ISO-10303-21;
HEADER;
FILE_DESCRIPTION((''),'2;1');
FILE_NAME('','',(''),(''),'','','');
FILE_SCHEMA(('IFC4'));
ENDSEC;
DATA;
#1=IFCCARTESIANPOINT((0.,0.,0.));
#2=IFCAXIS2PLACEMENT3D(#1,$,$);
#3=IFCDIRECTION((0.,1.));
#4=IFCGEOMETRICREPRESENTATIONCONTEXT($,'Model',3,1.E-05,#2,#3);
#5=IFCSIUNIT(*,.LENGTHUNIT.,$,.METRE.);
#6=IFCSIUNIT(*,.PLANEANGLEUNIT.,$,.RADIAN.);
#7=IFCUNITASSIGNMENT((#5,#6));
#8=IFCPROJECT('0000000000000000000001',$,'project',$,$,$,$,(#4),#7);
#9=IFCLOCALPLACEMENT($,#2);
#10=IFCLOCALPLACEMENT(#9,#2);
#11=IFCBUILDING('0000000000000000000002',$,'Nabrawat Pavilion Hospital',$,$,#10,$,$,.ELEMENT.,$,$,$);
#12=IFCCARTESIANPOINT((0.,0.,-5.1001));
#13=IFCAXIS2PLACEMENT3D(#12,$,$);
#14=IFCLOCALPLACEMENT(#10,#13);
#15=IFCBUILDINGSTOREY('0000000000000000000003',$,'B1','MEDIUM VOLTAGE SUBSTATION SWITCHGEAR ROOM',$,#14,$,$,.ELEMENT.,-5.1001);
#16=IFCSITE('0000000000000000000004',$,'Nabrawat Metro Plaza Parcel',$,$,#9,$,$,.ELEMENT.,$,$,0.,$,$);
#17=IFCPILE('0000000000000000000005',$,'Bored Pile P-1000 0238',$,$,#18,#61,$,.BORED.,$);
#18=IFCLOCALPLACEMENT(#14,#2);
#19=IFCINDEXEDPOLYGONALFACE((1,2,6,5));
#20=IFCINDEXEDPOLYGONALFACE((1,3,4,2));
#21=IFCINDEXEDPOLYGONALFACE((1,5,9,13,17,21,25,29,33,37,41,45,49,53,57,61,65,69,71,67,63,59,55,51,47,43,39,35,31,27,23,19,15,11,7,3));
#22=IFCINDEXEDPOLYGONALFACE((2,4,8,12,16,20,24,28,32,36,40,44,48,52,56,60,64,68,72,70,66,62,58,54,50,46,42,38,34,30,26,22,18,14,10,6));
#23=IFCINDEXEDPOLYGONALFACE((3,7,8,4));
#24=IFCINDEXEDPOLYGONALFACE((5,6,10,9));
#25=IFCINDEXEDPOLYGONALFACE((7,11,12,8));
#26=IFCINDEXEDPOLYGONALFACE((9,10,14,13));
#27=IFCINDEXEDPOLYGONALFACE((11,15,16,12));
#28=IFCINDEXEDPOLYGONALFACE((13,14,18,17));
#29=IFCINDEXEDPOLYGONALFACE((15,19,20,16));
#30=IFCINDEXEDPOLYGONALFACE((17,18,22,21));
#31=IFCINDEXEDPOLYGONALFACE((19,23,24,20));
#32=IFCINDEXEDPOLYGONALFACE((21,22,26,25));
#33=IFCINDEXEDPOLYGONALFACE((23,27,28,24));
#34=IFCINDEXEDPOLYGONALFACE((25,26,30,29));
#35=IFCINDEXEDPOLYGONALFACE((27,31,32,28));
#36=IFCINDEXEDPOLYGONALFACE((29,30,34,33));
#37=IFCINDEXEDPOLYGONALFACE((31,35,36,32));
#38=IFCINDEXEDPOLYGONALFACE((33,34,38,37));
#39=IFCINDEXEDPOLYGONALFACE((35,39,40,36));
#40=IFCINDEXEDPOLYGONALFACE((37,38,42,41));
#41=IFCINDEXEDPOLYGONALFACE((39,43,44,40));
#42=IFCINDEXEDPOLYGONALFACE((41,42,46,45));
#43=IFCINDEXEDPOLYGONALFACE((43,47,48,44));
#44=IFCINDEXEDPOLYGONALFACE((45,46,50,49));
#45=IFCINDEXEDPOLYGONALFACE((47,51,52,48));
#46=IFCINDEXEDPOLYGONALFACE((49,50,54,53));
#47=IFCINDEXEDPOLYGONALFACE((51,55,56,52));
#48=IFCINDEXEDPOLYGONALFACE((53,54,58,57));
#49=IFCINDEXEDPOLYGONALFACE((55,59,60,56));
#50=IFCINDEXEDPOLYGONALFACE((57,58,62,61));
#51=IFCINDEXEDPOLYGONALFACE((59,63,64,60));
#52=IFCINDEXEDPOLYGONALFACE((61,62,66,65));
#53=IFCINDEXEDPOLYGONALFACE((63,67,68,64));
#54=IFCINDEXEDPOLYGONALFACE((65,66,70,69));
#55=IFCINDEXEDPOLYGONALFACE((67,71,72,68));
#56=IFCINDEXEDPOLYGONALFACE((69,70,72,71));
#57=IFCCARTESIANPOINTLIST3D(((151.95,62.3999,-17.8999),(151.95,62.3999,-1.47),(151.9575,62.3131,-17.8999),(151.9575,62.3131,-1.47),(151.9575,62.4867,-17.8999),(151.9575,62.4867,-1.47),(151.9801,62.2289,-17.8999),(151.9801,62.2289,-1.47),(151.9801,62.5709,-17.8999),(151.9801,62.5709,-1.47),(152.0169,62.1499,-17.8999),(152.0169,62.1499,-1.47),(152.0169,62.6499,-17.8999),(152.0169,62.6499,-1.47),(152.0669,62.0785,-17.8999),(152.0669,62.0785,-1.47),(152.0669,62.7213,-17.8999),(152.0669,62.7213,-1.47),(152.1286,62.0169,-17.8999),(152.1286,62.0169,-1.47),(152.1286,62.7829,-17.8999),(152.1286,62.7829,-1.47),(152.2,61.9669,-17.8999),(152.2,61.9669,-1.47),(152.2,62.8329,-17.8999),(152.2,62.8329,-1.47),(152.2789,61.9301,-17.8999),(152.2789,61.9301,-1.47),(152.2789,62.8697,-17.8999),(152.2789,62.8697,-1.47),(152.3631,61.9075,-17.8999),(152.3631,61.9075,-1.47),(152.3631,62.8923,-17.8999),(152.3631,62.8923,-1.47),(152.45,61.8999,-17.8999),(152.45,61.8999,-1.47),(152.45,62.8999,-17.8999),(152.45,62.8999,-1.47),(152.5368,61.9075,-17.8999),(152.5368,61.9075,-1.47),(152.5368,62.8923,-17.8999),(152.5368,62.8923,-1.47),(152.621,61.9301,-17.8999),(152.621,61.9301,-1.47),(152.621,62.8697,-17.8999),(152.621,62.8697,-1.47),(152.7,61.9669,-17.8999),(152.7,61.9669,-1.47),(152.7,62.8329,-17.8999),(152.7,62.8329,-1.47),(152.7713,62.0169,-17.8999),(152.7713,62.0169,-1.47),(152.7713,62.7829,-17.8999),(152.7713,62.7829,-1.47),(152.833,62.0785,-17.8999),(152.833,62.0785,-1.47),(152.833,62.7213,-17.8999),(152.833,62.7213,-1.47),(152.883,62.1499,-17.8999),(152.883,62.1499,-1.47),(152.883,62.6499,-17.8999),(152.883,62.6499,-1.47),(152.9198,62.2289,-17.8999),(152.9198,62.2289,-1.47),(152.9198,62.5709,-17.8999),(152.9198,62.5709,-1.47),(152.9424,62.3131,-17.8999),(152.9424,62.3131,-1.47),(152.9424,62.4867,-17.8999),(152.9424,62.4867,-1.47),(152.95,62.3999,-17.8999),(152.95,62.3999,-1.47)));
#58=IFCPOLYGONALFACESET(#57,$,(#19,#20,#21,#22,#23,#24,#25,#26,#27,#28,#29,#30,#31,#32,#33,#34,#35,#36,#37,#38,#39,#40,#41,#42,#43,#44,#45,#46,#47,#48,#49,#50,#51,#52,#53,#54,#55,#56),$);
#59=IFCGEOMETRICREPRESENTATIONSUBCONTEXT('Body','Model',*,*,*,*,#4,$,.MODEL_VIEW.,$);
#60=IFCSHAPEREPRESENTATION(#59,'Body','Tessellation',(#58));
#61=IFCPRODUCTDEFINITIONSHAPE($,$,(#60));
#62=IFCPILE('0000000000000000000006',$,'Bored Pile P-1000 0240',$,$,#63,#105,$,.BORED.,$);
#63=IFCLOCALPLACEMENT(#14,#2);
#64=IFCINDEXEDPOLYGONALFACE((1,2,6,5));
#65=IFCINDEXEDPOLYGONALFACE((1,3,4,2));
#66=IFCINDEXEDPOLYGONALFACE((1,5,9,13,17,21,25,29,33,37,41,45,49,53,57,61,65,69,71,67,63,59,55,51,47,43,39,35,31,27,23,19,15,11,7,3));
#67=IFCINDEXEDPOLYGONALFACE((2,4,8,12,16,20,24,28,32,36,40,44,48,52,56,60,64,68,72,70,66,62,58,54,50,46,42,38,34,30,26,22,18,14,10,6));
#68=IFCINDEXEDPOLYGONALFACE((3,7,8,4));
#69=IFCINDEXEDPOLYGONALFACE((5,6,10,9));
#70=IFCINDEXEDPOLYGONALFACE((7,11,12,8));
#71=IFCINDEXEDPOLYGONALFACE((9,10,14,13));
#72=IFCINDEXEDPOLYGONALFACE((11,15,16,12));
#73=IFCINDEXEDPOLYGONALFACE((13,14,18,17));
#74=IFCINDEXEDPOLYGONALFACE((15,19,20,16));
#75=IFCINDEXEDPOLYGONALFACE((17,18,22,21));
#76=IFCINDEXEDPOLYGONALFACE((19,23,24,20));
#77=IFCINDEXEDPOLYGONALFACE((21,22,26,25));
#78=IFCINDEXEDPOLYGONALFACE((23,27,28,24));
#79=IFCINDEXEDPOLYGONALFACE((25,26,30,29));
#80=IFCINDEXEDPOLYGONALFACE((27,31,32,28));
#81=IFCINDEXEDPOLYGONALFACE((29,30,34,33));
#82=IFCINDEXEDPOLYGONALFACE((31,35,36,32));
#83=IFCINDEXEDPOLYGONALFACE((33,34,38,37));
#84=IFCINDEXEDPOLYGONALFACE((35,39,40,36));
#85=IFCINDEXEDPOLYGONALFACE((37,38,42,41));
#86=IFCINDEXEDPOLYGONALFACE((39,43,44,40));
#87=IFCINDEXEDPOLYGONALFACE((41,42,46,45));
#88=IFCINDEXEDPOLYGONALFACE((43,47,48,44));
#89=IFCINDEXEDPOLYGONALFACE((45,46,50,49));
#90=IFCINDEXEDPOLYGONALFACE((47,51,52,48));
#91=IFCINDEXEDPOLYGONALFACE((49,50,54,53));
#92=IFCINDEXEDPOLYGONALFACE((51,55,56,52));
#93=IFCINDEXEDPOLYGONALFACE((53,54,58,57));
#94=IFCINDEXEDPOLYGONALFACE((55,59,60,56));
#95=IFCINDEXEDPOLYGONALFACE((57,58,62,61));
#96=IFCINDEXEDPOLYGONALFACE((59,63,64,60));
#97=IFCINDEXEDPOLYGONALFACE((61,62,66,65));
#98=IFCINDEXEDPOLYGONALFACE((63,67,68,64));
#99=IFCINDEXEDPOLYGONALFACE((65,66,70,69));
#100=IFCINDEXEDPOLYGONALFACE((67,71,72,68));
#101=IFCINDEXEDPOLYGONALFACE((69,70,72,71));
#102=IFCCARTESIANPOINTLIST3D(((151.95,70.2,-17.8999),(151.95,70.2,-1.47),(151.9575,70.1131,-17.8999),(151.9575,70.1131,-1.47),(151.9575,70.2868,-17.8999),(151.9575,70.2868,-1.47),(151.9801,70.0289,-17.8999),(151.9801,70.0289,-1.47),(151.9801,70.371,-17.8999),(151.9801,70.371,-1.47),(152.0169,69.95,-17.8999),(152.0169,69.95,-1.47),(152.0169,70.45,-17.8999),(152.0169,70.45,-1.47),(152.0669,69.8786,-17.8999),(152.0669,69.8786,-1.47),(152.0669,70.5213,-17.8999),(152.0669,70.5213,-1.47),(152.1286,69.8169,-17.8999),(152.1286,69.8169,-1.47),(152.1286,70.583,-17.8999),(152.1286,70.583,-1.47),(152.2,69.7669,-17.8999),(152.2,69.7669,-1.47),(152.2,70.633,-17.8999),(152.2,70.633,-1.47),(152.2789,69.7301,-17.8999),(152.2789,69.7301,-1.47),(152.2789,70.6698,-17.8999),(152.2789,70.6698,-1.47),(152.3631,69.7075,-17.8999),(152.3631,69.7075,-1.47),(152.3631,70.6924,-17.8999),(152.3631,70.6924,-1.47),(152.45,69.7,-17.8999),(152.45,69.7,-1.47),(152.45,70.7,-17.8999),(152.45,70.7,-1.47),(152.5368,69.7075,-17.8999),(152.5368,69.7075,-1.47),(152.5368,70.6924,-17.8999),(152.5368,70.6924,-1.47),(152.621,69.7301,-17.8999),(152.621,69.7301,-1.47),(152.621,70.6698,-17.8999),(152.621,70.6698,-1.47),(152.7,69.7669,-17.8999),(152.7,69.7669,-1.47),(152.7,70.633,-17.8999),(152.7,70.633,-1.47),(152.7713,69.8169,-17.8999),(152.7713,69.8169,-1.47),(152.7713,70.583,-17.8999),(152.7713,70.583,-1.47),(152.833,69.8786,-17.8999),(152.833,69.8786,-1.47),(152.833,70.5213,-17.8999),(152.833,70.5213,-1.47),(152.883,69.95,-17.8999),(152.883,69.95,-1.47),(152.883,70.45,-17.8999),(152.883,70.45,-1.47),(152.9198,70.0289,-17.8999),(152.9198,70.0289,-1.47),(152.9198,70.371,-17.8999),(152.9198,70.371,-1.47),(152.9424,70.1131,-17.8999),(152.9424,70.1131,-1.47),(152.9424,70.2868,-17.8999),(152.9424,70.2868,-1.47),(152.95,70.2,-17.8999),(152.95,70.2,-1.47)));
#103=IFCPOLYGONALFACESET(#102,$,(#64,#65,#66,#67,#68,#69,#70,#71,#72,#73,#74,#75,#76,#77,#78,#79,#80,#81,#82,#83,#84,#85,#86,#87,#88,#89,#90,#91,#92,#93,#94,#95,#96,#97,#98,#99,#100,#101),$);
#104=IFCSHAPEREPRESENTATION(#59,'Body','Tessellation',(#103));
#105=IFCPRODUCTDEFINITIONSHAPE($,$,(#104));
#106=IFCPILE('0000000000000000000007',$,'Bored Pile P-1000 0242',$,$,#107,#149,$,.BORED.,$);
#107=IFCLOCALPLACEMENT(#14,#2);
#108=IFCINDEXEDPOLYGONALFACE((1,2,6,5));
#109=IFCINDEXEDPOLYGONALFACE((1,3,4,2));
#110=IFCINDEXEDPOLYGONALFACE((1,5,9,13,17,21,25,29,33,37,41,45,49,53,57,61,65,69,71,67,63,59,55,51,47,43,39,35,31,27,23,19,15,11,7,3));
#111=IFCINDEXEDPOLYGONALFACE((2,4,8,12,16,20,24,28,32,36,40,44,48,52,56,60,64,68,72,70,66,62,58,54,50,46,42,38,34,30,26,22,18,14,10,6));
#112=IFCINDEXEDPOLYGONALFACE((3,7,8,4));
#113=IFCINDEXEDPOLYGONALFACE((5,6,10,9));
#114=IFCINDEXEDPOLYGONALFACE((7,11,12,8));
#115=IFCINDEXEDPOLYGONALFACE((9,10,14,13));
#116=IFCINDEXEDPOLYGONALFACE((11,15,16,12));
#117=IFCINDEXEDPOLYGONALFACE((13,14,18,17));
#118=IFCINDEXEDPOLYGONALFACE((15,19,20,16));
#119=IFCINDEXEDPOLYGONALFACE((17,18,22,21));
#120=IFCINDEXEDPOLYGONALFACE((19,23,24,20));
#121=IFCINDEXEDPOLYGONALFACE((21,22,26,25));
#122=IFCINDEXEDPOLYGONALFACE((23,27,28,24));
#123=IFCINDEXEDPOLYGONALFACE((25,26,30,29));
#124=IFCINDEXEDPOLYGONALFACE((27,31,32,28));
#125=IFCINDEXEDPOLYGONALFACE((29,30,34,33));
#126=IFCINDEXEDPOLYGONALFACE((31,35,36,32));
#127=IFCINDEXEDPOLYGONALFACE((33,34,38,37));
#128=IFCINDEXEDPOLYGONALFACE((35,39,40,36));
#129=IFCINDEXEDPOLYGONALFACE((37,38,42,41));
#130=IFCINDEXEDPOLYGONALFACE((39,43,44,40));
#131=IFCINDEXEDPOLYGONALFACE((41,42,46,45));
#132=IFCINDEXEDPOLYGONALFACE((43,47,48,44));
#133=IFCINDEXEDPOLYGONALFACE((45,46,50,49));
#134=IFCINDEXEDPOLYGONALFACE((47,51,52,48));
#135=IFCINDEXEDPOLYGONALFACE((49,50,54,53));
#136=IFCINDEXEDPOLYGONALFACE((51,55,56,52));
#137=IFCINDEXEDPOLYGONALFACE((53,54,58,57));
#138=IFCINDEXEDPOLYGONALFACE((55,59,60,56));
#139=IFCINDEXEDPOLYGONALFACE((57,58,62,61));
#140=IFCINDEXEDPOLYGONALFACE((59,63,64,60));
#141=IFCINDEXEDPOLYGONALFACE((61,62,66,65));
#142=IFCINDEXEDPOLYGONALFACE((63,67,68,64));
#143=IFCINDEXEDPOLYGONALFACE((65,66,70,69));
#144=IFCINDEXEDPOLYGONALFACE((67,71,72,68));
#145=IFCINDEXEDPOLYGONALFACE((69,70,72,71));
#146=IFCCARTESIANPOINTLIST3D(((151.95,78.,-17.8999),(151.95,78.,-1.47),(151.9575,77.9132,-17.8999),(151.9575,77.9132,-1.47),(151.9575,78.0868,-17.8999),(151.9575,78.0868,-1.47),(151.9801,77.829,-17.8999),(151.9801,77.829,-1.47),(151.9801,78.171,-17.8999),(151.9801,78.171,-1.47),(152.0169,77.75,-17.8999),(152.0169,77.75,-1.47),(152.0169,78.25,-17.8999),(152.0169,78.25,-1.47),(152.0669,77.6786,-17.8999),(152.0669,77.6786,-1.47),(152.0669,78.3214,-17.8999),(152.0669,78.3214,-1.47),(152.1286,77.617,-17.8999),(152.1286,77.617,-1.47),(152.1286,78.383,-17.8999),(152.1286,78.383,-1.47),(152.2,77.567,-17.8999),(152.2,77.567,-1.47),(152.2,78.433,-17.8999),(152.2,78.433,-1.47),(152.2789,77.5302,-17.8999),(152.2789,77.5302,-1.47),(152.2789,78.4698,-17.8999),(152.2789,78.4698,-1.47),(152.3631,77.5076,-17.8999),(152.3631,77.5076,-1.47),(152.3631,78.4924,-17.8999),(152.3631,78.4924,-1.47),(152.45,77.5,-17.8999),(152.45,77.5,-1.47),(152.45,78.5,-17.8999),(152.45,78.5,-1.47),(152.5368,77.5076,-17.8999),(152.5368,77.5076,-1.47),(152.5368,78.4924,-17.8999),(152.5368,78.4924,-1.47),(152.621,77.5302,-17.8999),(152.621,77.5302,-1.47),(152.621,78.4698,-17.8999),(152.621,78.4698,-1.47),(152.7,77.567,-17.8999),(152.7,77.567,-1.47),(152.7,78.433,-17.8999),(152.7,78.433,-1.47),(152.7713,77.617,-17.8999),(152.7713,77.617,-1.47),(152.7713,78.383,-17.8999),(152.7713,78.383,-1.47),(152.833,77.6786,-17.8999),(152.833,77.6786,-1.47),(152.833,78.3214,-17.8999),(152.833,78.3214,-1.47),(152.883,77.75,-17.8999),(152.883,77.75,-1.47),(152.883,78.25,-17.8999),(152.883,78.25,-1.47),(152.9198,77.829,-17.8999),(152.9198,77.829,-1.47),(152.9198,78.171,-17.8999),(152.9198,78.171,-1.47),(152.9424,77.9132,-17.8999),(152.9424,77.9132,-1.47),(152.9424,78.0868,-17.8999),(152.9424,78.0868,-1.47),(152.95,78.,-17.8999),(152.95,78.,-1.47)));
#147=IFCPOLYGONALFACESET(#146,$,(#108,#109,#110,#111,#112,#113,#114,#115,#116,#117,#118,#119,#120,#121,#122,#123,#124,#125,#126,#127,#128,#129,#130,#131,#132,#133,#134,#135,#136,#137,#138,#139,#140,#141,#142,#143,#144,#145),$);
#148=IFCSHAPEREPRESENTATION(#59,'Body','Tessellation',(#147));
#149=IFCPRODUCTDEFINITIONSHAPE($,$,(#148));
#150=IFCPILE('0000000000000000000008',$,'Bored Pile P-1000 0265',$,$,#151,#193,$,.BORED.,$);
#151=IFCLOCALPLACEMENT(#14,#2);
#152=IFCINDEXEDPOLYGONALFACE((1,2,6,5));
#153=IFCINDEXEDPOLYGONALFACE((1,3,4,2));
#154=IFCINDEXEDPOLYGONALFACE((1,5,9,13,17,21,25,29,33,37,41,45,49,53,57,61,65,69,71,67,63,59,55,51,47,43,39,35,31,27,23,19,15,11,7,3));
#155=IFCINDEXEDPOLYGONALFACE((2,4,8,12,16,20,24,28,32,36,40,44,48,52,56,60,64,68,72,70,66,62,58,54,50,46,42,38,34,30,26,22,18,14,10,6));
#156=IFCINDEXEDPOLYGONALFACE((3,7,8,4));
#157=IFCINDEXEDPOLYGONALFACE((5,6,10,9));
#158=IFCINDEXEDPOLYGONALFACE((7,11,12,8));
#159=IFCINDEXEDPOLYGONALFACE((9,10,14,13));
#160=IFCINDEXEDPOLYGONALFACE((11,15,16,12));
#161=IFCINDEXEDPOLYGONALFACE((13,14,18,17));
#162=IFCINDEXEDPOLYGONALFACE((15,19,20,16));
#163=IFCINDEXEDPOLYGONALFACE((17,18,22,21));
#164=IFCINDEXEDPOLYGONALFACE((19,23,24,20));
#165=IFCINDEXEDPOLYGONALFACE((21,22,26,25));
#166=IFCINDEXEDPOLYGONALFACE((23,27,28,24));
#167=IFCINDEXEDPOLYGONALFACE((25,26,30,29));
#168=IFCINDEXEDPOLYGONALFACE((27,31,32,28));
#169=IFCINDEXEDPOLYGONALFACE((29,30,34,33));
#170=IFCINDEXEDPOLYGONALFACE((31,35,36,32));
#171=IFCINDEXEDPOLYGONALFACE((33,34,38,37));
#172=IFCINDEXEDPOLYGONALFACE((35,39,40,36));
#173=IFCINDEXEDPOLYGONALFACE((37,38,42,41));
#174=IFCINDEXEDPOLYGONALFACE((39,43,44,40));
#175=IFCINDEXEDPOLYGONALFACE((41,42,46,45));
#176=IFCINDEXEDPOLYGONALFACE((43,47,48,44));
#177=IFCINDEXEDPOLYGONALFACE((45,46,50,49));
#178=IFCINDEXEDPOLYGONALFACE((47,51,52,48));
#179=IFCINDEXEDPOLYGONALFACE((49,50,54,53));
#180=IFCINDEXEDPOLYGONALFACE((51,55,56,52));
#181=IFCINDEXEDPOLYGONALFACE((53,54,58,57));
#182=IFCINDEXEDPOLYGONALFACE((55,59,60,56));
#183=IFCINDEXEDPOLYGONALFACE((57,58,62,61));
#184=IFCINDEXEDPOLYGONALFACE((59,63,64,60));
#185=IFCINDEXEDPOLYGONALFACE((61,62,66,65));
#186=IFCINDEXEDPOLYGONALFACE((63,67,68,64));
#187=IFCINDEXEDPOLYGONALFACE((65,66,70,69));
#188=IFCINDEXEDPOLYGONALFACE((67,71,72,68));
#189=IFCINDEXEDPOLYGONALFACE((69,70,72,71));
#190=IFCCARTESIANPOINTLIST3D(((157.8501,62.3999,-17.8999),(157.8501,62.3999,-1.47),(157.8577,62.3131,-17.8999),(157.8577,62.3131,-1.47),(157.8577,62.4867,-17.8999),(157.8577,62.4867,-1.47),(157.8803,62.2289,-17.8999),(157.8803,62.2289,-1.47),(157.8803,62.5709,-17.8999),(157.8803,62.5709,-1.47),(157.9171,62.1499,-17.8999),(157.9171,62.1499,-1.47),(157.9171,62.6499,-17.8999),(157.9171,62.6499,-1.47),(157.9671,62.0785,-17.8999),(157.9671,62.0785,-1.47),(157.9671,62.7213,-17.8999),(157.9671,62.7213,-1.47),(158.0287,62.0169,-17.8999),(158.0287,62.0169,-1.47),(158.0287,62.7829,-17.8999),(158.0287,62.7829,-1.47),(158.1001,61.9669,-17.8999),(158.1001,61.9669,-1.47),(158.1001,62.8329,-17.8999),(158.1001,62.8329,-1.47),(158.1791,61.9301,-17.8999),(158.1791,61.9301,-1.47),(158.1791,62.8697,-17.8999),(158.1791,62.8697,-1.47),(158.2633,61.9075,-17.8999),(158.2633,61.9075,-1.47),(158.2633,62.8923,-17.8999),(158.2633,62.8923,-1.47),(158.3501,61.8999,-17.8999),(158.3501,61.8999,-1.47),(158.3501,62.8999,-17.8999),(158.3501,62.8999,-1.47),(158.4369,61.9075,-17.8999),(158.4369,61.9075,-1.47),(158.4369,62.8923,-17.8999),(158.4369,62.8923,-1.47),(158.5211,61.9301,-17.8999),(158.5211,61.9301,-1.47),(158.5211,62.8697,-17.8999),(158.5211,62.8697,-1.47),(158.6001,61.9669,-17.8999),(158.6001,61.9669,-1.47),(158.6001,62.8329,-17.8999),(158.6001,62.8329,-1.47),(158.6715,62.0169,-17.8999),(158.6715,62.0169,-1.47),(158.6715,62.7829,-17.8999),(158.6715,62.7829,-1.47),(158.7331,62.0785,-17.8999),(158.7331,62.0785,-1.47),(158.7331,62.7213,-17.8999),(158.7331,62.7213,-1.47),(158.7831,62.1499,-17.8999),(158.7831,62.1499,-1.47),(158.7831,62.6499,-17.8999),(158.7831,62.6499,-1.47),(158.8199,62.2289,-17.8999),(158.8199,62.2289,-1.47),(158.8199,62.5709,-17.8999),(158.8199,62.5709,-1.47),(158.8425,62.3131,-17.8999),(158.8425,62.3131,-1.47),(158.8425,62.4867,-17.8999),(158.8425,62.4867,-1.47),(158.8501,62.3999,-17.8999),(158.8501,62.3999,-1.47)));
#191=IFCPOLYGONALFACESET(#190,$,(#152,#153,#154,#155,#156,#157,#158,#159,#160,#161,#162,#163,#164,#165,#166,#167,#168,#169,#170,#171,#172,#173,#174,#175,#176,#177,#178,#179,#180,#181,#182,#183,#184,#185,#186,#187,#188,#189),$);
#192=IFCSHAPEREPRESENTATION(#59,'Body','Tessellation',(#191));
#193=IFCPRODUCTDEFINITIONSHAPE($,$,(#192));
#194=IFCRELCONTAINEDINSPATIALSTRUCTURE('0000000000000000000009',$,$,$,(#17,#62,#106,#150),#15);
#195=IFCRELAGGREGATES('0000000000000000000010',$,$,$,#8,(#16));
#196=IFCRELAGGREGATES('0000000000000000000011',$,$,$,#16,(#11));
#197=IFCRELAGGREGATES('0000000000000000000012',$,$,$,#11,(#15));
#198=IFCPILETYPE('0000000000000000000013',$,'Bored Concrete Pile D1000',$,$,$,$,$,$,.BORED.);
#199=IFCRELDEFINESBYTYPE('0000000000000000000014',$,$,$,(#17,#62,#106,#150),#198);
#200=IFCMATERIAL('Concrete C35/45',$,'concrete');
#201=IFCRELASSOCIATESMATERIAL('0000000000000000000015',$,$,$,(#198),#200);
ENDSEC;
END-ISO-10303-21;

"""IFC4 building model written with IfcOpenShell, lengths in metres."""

from ifc_helpers import new_model, si_unit, direction, frame, origin, origin_2d, place, context, subcontext, project, spatial, circle, extrude, material, material_profile, profile_set, type_object, element, save


model = new_model("IFC4")

# Units and contexts
model_context = context("Model", 3, precision=1e-05, world=origin(), true_north=direction((0.0, 1.0)))
body_context = subcontext(model_context, "Body", "Model", "MODEL_VIEW")
ifc_project = project(units=[si_unit("LENGTHUNIT", "METRE"), si_unit("PLANEANGLEUNIT", "RADIAN")], contexts=[model_context])

# Site, building, storey
site_placement = place(None, origin())
site = spatial("IfcSite", under=ifc_project, at=site_placement, Name="Nabrawat Metro Plaza Parcel", CompositionType="ELEMENT", RefElevation=0.0)
building_placement = place(site_placement, origin())
building = spatial("IfcBuilding", under=site, at=building_placement, Name="Nabrawat Pavilion Hospital", CompositionType="ELEMENT")
storey_placement = place(building_placement, frame((0.0, 0.0, -5.1001)))
storey = spatial("IfcBuildingStorey", under=building, at=storey_placement, Name="B1", Description="MEDIUM VOLTAGE SUBSTATION SWITCHGEAR ROOM", CompositionType="ELEMENT", Elevation=-5.1001)

# Piles
ifc_material_1 = material(Name="Concrete C35/45", Category="concrete")
ifc_material_profile_1 = material_profile(ifc_material_1, circle(Radius=0.5, at=origin_2d()), Name="DIA 1000")
ifc_profile_set_1 = profile_set([ifc_material_profile_1], Name="Concrete C35/45")
pile_type_1 = type_object("IfcPileType", Name="Bored Concrete Pile D1000", PredefinedType="BORED", material=ifc_profile_set_1)
for number, where, z_axis, x_axis, name in (
    (1, (152.45, 62.3999, -1.47), (0.0, 0.0, -1.0), (1.0, 0.0, 0.0), "Bored Pile P-1000 0238"),
    (2, (152.45, 70.2, -1.47), (0.0, 0.0, -1.0), (1.0, 0.0, 0.0), "Bored Pile P-1000 0240"),
    (3, (152.45, 78.0, -1.47), (0.0, 0.0, -1.0), (1.0, 0.0, 0.0), "Bored Pile P-1000 0242"),
    (4, (158.3501, 62.3999, -1.47), (0.0, 0.0, -1.0), (1.0, 0.0, 0.0), "Bored Pile P-1000 0265"),
):
    element("IfcPile", number, at=place(storey_placement, frame(where, z_axis=z_axis, x_axis=x_axis)), inside=storey, type_object=pile_type_1, Name=name, PredefinedType="BORED", context=body_context, shape_type="SweptSolid", body=[
        extrude(circle(Radius=0.5, at=origin_2d()), origin(), (0.0, 0.0, 1.0), 16.4299),
    ])

save(model, "model.ifc")
